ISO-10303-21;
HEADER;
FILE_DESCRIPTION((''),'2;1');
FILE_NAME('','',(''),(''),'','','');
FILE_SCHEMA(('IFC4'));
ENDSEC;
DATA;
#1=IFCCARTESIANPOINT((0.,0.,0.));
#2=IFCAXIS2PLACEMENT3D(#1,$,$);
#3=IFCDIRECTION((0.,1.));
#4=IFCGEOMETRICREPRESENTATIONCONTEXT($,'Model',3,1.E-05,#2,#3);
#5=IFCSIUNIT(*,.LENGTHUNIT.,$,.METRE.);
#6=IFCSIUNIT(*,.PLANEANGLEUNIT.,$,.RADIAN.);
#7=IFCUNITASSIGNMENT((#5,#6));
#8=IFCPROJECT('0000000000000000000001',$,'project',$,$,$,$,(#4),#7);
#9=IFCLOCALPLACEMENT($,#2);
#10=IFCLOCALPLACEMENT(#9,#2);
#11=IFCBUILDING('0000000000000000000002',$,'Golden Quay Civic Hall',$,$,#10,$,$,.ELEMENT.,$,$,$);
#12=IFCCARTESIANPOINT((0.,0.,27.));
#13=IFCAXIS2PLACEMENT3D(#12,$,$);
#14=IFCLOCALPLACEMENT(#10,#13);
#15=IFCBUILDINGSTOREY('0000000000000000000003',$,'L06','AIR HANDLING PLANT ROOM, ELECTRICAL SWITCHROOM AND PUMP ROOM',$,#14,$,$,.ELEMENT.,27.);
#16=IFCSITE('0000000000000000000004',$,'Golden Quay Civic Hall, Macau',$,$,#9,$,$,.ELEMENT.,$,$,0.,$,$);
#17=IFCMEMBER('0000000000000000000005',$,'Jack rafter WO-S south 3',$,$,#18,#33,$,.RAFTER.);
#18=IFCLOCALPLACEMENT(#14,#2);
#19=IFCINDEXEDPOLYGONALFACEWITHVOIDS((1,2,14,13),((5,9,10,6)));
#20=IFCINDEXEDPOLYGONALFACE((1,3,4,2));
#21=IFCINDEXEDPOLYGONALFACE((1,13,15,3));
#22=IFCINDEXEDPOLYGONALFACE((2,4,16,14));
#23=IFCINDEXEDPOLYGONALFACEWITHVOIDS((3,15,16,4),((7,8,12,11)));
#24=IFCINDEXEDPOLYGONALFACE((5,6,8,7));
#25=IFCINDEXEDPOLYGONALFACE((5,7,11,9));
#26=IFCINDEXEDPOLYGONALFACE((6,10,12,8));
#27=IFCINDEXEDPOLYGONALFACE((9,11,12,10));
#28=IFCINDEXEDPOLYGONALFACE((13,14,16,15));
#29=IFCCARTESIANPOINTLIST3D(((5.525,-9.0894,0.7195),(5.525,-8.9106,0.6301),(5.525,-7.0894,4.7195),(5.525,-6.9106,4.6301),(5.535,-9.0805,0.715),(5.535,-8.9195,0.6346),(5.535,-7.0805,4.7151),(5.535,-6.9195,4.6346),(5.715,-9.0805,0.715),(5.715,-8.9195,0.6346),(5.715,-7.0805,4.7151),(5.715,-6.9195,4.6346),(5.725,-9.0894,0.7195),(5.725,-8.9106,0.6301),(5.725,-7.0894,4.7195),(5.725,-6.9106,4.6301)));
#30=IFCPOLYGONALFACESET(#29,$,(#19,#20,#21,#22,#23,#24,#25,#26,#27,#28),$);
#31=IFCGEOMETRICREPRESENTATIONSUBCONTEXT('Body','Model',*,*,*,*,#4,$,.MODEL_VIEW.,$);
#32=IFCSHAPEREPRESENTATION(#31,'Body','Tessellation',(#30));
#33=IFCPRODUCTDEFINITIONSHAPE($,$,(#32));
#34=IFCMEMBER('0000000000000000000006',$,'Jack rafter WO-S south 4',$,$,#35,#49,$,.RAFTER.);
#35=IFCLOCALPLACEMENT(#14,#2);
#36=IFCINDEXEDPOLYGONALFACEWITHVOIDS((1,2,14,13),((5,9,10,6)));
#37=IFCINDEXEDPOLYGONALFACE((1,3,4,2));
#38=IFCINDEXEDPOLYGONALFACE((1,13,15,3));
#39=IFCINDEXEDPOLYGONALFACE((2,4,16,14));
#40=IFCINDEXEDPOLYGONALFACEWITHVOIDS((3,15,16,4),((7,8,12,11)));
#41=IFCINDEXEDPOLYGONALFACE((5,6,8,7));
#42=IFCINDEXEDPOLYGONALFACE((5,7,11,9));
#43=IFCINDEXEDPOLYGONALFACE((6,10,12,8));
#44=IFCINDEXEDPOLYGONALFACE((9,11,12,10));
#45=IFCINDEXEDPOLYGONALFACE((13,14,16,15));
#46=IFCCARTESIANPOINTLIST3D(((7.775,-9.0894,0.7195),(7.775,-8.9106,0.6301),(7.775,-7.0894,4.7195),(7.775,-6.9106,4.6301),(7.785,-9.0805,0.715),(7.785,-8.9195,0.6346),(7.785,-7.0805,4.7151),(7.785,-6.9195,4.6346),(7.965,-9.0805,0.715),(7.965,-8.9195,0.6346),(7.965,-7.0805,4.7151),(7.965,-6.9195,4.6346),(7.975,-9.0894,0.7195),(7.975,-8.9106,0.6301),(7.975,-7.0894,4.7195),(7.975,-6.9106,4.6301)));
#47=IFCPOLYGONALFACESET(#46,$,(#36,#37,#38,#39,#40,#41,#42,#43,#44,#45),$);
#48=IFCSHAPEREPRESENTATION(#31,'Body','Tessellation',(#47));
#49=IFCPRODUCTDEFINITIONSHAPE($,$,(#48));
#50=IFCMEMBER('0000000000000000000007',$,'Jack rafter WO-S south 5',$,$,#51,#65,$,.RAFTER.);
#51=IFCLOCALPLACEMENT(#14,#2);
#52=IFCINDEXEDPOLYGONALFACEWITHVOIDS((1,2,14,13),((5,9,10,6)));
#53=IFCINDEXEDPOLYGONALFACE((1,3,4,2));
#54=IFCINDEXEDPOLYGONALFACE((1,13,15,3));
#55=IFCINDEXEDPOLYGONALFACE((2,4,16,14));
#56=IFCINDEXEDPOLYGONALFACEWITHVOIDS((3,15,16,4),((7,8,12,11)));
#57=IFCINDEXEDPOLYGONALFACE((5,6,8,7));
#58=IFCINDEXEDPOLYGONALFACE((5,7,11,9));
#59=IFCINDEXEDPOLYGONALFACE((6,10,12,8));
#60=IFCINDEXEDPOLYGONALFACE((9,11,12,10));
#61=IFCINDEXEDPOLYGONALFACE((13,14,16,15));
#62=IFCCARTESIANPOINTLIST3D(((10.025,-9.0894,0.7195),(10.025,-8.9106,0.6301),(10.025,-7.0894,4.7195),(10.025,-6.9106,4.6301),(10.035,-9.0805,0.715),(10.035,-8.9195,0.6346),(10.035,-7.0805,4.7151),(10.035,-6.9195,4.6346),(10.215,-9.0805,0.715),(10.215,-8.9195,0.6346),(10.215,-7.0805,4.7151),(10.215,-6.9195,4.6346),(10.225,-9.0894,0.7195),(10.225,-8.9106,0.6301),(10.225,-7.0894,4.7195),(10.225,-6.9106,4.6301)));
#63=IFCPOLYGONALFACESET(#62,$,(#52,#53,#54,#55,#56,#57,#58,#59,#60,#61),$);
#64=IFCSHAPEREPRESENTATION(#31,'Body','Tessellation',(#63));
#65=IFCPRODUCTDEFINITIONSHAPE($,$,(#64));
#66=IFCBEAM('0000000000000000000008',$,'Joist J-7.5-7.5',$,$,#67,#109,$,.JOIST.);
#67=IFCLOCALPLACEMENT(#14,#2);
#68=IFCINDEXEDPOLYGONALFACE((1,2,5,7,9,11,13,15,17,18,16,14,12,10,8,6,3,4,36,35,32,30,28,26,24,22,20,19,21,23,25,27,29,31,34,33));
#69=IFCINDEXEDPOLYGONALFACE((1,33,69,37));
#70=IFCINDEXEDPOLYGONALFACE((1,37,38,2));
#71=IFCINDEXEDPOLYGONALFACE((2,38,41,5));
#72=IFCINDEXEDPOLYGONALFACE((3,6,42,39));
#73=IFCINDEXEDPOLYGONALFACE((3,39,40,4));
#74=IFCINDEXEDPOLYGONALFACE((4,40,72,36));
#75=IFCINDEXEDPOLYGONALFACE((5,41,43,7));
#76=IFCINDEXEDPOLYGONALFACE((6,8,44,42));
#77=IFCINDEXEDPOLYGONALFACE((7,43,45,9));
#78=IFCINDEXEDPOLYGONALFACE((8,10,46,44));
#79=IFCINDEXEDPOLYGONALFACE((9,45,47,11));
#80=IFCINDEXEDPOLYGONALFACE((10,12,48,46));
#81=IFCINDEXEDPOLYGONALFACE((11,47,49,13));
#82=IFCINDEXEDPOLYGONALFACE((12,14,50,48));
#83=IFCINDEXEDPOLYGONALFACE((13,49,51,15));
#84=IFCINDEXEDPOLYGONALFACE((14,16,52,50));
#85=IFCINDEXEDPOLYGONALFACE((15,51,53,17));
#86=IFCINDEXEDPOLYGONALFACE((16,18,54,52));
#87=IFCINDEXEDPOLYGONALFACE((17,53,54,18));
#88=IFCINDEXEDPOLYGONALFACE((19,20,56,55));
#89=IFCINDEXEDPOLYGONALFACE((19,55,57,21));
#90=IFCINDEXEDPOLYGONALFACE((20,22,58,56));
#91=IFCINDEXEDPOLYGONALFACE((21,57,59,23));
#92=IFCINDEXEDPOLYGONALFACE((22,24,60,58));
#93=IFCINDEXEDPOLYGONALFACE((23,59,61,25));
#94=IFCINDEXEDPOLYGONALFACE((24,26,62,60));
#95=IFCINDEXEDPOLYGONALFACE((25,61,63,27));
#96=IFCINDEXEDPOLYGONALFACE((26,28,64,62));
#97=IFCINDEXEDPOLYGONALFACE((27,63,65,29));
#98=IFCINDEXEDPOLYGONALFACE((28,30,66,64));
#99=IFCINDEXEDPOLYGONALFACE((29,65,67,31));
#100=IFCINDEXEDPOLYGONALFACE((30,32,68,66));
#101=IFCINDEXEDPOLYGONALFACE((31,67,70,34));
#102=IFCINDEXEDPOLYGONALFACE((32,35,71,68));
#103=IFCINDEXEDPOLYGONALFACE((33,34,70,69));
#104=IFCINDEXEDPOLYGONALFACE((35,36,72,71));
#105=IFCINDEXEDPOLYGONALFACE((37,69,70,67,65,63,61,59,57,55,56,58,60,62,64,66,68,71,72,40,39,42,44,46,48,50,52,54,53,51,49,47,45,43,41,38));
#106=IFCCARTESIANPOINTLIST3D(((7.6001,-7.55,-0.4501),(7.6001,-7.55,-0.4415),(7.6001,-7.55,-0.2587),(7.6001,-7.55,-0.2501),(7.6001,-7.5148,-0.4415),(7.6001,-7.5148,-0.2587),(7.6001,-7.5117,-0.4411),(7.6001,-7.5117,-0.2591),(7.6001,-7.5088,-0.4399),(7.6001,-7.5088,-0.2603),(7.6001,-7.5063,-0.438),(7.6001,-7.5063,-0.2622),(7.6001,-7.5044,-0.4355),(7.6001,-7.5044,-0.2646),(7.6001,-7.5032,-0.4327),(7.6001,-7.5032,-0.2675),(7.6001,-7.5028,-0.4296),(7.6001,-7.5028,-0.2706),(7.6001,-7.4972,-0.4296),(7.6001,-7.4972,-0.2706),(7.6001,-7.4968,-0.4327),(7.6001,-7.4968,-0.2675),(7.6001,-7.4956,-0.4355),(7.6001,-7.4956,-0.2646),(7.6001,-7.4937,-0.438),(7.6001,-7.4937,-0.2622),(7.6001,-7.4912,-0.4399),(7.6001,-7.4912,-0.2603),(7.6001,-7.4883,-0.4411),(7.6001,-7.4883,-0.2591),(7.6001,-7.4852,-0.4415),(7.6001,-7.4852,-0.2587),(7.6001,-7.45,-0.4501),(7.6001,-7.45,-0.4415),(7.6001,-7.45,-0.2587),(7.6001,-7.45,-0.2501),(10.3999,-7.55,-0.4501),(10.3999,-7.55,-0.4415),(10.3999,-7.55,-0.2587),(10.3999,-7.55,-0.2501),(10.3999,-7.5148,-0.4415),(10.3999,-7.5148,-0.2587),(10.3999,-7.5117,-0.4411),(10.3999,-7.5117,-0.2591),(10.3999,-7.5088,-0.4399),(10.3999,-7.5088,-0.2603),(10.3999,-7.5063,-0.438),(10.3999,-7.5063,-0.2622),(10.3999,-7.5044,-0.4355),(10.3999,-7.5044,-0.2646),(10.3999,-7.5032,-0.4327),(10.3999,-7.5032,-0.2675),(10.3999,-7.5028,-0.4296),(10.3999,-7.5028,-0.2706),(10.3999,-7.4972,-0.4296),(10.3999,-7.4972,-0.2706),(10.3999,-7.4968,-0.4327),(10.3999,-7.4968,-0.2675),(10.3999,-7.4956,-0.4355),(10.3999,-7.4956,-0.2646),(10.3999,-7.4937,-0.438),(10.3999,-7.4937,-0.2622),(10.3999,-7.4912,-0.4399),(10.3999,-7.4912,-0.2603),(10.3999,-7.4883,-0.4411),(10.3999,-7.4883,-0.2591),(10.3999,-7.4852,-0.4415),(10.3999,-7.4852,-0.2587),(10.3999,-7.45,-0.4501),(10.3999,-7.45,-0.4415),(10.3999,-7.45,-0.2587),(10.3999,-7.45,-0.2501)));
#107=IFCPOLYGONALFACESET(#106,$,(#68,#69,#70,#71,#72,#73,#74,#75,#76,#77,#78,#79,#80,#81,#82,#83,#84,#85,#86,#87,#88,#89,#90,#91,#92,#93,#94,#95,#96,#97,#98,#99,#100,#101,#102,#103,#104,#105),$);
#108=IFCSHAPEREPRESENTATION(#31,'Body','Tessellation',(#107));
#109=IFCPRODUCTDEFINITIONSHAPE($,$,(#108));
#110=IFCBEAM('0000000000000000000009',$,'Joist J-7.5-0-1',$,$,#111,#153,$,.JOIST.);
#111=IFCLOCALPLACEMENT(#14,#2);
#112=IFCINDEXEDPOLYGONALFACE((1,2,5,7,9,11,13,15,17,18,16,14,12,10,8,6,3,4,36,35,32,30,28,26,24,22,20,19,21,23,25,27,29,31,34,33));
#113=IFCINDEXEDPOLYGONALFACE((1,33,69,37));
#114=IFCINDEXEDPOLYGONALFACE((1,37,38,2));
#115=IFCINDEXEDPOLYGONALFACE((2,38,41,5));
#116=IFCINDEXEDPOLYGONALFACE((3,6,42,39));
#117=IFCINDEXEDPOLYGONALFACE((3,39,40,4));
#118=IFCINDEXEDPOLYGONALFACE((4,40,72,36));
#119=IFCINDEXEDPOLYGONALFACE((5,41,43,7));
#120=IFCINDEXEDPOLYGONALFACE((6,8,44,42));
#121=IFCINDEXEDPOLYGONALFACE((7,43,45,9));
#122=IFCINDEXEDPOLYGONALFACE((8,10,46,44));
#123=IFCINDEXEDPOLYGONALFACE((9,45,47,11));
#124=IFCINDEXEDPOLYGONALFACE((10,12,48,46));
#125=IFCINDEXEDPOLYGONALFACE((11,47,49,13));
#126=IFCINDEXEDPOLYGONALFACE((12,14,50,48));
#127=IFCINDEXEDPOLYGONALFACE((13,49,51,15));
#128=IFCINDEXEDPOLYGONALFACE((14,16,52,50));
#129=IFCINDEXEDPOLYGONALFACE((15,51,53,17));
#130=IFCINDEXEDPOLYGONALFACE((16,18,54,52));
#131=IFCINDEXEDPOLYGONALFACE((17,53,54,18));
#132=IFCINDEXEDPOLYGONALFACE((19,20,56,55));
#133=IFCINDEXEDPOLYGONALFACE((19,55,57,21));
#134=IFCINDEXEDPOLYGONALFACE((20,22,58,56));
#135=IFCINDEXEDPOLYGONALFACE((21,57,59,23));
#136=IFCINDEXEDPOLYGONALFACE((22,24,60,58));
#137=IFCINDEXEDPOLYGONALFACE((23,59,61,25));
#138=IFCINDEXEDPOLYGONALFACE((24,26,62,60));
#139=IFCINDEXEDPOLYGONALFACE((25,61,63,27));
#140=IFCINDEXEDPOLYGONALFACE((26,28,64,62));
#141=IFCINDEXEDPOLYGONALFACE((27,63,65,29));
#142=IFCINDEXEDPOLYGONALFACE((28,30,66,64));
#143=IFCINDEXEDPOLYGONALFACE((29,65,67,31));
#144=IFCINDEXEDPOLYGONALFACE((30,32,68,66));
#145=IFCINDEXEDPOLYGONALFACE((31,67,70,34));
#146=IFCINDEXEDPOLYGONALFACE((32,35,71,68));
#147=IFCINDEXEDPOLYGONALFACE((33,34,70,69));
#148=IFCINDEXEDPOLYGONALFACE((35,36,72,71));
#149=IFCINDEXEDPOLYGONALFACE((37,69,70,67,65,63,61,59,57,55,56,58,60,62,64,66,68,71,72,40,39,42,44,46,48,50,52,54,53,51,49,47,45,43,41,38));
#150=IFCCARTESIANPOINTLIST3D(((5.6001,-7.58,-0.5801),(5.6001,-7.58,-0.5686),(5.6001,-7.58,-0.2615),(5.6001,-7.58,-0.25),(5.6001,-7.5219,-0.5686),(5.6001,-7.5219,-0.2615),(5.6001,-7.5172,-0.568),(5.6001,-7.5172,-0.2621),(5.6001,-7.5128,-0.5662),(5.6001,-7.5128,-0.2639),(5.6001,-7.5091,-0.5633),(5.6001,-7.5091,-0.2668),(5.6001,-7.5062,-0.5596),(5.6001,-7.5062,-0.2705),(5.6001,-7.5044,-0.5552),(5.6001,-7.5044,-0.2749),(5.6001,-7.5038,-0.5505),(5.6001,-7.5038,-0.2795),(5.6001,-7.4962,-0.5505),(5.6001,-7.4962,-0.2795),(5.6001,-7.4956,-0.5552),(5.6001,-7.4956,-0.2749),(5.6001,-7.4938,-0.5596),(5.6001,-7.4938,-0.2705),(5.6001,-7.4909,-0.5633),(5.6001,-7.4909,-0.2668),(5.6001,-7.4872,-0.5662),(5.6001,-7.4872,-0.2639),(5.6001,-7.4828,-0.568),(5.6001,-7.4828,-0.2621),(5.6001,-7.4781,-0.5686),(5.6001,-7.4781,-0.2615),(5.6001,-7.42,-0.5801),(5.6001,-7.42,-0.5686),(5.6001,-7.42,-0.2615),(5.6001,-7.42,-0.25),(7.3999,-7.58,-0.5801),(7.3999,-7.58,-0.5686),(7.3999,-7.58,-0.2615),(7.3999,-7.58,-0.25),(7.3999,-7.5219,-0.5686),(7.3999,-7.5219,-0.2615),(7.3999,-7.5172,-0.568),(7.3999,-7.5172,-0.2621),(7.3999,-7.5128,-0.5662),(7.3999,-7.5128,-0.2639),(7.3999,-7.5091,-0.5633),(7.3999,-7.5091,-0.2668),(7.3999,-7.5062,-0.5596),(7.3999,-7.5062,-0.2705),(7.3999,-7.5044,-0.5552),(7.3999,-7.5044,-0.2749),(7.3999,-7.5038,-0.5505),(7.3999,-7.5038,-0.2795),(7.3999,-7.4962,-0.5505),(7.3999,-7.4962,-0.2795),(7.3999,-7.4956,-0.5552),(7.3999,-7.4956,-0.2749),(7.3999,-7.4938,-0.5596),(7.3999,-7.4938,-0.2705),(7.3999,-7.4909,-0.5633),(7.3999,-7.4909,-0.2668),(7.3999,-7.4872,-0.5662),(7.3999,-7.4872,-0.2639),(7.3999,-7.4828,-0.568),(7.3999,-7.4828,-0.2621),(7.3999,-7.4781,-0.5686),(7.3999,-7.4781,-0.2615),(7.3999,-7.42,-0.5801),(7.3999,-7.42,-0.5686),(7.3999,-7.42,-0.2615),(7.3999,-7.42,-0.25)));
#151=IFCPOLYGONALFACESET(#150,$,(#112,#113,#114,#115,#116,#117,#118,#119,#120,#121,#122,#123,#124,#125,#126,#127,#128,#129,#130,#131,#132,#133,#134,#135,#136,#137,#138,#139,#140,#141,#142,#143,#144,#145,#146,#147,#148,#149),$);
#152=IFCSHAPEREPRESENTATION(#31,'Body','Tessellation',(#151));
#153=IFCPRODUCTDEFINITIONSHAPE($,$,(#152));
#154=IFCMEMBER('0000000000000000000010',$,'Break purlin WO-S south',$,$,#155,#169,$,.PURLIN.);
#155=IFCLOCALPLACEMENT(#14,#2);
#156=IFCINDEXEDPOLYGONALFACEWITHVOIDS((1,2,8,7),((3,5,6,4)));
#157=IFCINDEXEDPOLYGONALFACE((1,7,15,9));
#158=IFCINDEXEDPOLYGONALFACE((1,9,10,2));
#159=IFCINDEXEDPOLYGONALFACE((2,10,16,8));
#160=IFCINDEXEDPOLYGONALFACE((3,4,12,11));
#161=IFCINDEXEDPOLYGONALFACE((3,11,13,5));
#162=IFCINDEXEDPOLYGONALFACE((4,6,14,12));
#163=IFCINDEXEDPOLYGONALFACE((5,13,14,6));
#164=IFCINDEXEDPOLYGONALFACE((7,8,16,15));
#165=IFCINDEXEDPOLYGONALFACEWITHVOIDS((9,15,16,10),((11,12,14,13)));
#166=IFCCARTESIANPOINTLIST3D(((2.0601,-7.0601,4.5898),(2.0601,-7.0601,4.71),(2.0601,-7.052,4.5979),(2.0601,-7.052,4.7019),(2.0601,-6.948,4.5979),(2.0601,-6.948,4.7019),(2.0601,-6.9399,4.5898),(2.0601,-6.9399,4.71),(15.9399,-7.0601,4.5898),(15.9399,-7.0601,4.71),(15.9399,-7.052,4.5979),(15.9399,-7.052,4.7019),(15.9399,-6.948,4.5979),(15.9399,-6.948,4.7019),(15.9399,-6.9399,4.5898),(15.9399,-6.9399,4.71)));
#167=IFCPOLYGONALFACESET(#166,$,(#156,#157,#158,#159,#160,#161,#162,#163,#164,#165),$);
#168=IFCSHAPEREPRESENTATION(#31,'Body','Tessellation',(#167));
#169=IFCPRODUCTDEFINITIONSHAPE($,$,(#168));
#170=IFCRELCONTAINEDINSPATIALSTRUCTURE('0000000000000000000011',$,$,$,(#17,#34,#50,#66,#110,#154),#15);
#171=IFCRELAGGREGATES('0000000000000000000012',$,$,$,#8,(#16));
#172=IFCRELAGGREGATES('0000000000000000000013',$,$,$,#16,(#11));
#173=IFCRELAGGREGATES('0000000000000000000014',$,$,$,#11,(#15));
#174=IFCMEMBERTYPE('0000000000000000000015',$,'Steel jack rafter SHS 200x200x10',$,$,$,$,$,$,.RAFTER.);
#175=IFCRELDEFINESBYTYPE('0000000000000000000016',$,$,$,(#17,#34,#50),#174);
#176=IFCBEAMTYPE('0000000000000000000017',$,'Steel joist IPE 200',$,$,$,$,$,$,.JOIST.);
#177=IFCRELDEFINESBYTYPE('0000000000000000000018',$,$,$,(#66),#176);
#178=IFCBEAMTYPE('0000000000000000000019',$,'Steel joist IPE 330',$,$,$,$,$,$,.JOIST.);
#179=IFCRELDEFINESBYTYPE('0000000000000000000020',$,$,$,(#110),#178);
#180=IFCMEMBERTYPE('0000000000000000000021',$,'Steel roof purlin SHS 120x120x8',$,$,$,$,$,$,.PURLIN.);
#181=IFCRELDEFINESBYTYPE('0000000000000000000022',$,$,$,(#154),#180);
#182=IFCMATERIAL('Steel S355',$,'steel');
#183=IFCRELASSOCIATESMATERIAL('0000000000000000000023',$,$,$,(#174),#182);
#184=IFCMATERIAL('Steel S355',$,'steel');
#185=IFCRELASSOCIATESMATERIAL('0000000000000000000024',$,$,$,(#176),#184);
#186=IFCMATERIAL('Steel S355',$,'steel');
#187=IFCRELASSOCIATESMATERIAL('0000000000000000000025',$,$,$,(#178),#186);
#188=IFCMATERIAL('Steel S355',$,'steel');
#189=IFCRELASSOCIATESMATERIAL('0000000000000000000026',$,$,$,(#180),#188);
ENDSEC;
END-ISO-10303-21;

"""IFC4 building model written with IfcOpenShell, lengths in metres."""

from ifc_helpers import new_model, si_unit, direction, frame, origin, origin_2d, place, context, subcontext, project, spatial, hollow_rectangle, i_section, extrude, material, material_profile, profile_set, type_object, element, save


model = new_model("IFC4")

# Units and contexts
model_context = context("Model", 3, precision=1e-05, world=origin(), true_north=direction((0.0, 1.0)))
body_context = subcontext(model_context, "Body", "Model", "MODEL_VIEW")
ifc_project = project(units=[si_unit("LENGTHUNIT", "METRE"), si_unit("PLANEANGLEUNIT", "RADIAN")], contexts=[model_context])

# Site, building, storey
site_placement = place(None, origin())
site = spatial("IfcSite", under=ifc_project, at=site_placement, Name="Golden Quay Civic Hall, Macau", CompositionType="ELEMENT", RefElevation=0.0)
building_placement = place(site_placement, origin())
building = spatial("IfcBuilding", under=site, at=building_placement, Name="Golden Quay Civic Hall", CompositionType="ELEMENT")
storey_placement = place(building_placement, frame((0.0, 0.0, 27.0)))
storey = spatial("IfcBuildingStorey", under=building, at=storey_placement, Name="L06", Description="AIR HANDLING PLANT ROOM, ELECTRICAL SWITCHROOM AND PUMP ROOM", CompositionType="ELEMENT", Elevation=27.0)

# Members
ifc_material_1 = material(Name="Steel S355", Category="steel")
ifc_material_profile_1 = material_profile(ifc_material_1, hollow_rectangle(XDim=0.2, YDim=0.2, WallThickness=0.01, at=origin_2d()), Name="SHS 200x200x10")
ifc_profile_set_1 = profile_set([ifc_material_profile_1], Name="Steel S355")
member_type_1 = type_object("IfcMemberType", Name="Steel jack rafter SHS 200x200x10", PredefinedType="RAFTER", material=ifc_profile_set_1)
for number, where, z_axis, x_axis, name in (
    (1, (5.625, -9.0, 0.6748), (0.0, 0.447214, 0.894427), (-1.0, 0.0, 0.0), "Jack rafter WO-S south 3"),
    (2, (7.875, -9.0, 0.6748), (0.0, 0.447214, 0.894427), (-1.0, 0.0, 0.0), "Jack rafter WO-S south 4"),
    (3, (10.125, -9.0, 0.6748), (0.0, 0.447214, 0.894427), (-1.0, 0.0, 0.0), "Jack rafter WO-S south 5"),
):
    element("IfcMember", number, at=place(storey_placement, frame(where, z_axis=z_axis, x_axis=x_axis)), inside=storey, type_object=member_type_1, Name=name, PredefinedType="RAFTER", context=body_context, shape_type="SweptSolid", body=[
        extrude(hollow_rectangle(XDim=0.2, YDim=0.2, WallThickness=0.01, at=origin_2d()), origin(), (0.0, 0.0, 1.0), 4.4722),
    ])

# Beams
ifc_material_2 = material(Name="Steel S355", Category="steel")
ifc_material_profile_2 = material_profile(ifc_material_2, i_section(OverallWidth=0.1001, OverallDepth=0.2, WebThickness=0.0056, FlangeThickness=0.0085, FilletRadius=0.012, at=origin_2d()), Name="IPE 200")
ifc_profile_set_2 = profile_set([ifc_material_profile_2], Name="Steel S355")
beam_type_1 = type_object("IfcBeamType", Name="Steel joist IPE 200", PredefinedType="JOIST", material=ifc_profile_set_2)
beam_1_placement = place(storey_placement, frame((7.6001, -7.5, -0.3501), z_axis=(1.0, 0.0, 0.0), x_axis=(0.0, 1.0, 0.0)))
element("IfcBeam", 4, at=beam_1_placement, inside=storey, type_object=beam_type_1, Name="Joist J-7.5-7.5", PredefinedType="JOIST", context=body_context, shape_type="SweptSolid", body=[
    extrude(i_section(OverallWidth=0.1001, OverallDepth=0.2, WebThickness=0.0056, FlangeThickness=0.0085, FilletRadius=0.012, at=origin_2d()), origin(), (0.0, 0.0, 1.0), 2.7998),
])
ifc_material_3 = material(Name="Steel S355", Category="steel")
ifc_material_profile_3 = material_profile(ifc_material_3, i_section(OverallWidth=0.1599, OverallDepth=0.3301, WebThickness=0.0076, FlangeThickness=0.0115, FilletRadius=0.0181, at=origin_2d()), Name="IPE 330")
ifc_profile_set_3 = profile_set([ifc_material_profile_3], Name="Steel S355")
beam_type_2 = type_object("IfcBeamType", Name="Steel joist IPE 330", PredefinedType="JOIST", material=ifc_profile_set_3)
beam_2_placement = place(storey_placement, frame((5.6001, -7.5, -0.415), z_axis=(1.0, 0.0, 0.0), x_axis=(0.0, 1.0, 0.0)))
element("IfcBeam", 5, at=beam_2_placement, inside=storey, type_object=beam_type_2, Name="Joist J-7.5-0-1", PredefinedType="JOIST", context=body_context, shape_type="SweptSolid", body=[
    extrude(i_section(OverallWidth=0.1599, OverallDepth=0.3301, WebThickness=0.0076, FlangeThickness=0.0115, FilletRadius=0.0181, at=origin_2d()), origin(), (0.0, 0.0, 1.0), 1.7998),
])

# Member
ifc_material_4 = material(Name="Steel S355", Category="steel")
ifc_material_profile_4 = material_profile(ifc_material_4, hollow_rectangle(XDim=0.1201, YDim=0.1201, WallThickness=0.0081, at=origin_2d()), Name="SHS 120x120x8")
ifc_profile_set_4 = profile_set([ifc_material_profile_4], Name="Steel S355")
member_type_2 = type_object("IfcMemberType", Name="Steel roof purlin SHS 120x120x8", PredefinedType="PURLIN", material=ifc_profile_set_4)
member_1_placement = place(storey_placement, frame((2.0601, -7.0, 4.6499), z_axis=(1.0, 0.0, 0.0), x_axis=(0.0, 1.0, 0.0)))
element("IfcMember", 6, at=member_1_placement, inside=storey, type_object=member_type_2, Name="Break purlin WO-S south", PredefinedType="PURLIN", context=body_context, shape_type="SweptSolid", body=[
    extrude(hollow_rectangle(XDim=0.1201, YDim=0.1201, WallThickness=0.0081, at=origin_2d()), origin(), (0.0, 0.0, 1.0), 13.8799),
])

save(model, "model.ifc")
